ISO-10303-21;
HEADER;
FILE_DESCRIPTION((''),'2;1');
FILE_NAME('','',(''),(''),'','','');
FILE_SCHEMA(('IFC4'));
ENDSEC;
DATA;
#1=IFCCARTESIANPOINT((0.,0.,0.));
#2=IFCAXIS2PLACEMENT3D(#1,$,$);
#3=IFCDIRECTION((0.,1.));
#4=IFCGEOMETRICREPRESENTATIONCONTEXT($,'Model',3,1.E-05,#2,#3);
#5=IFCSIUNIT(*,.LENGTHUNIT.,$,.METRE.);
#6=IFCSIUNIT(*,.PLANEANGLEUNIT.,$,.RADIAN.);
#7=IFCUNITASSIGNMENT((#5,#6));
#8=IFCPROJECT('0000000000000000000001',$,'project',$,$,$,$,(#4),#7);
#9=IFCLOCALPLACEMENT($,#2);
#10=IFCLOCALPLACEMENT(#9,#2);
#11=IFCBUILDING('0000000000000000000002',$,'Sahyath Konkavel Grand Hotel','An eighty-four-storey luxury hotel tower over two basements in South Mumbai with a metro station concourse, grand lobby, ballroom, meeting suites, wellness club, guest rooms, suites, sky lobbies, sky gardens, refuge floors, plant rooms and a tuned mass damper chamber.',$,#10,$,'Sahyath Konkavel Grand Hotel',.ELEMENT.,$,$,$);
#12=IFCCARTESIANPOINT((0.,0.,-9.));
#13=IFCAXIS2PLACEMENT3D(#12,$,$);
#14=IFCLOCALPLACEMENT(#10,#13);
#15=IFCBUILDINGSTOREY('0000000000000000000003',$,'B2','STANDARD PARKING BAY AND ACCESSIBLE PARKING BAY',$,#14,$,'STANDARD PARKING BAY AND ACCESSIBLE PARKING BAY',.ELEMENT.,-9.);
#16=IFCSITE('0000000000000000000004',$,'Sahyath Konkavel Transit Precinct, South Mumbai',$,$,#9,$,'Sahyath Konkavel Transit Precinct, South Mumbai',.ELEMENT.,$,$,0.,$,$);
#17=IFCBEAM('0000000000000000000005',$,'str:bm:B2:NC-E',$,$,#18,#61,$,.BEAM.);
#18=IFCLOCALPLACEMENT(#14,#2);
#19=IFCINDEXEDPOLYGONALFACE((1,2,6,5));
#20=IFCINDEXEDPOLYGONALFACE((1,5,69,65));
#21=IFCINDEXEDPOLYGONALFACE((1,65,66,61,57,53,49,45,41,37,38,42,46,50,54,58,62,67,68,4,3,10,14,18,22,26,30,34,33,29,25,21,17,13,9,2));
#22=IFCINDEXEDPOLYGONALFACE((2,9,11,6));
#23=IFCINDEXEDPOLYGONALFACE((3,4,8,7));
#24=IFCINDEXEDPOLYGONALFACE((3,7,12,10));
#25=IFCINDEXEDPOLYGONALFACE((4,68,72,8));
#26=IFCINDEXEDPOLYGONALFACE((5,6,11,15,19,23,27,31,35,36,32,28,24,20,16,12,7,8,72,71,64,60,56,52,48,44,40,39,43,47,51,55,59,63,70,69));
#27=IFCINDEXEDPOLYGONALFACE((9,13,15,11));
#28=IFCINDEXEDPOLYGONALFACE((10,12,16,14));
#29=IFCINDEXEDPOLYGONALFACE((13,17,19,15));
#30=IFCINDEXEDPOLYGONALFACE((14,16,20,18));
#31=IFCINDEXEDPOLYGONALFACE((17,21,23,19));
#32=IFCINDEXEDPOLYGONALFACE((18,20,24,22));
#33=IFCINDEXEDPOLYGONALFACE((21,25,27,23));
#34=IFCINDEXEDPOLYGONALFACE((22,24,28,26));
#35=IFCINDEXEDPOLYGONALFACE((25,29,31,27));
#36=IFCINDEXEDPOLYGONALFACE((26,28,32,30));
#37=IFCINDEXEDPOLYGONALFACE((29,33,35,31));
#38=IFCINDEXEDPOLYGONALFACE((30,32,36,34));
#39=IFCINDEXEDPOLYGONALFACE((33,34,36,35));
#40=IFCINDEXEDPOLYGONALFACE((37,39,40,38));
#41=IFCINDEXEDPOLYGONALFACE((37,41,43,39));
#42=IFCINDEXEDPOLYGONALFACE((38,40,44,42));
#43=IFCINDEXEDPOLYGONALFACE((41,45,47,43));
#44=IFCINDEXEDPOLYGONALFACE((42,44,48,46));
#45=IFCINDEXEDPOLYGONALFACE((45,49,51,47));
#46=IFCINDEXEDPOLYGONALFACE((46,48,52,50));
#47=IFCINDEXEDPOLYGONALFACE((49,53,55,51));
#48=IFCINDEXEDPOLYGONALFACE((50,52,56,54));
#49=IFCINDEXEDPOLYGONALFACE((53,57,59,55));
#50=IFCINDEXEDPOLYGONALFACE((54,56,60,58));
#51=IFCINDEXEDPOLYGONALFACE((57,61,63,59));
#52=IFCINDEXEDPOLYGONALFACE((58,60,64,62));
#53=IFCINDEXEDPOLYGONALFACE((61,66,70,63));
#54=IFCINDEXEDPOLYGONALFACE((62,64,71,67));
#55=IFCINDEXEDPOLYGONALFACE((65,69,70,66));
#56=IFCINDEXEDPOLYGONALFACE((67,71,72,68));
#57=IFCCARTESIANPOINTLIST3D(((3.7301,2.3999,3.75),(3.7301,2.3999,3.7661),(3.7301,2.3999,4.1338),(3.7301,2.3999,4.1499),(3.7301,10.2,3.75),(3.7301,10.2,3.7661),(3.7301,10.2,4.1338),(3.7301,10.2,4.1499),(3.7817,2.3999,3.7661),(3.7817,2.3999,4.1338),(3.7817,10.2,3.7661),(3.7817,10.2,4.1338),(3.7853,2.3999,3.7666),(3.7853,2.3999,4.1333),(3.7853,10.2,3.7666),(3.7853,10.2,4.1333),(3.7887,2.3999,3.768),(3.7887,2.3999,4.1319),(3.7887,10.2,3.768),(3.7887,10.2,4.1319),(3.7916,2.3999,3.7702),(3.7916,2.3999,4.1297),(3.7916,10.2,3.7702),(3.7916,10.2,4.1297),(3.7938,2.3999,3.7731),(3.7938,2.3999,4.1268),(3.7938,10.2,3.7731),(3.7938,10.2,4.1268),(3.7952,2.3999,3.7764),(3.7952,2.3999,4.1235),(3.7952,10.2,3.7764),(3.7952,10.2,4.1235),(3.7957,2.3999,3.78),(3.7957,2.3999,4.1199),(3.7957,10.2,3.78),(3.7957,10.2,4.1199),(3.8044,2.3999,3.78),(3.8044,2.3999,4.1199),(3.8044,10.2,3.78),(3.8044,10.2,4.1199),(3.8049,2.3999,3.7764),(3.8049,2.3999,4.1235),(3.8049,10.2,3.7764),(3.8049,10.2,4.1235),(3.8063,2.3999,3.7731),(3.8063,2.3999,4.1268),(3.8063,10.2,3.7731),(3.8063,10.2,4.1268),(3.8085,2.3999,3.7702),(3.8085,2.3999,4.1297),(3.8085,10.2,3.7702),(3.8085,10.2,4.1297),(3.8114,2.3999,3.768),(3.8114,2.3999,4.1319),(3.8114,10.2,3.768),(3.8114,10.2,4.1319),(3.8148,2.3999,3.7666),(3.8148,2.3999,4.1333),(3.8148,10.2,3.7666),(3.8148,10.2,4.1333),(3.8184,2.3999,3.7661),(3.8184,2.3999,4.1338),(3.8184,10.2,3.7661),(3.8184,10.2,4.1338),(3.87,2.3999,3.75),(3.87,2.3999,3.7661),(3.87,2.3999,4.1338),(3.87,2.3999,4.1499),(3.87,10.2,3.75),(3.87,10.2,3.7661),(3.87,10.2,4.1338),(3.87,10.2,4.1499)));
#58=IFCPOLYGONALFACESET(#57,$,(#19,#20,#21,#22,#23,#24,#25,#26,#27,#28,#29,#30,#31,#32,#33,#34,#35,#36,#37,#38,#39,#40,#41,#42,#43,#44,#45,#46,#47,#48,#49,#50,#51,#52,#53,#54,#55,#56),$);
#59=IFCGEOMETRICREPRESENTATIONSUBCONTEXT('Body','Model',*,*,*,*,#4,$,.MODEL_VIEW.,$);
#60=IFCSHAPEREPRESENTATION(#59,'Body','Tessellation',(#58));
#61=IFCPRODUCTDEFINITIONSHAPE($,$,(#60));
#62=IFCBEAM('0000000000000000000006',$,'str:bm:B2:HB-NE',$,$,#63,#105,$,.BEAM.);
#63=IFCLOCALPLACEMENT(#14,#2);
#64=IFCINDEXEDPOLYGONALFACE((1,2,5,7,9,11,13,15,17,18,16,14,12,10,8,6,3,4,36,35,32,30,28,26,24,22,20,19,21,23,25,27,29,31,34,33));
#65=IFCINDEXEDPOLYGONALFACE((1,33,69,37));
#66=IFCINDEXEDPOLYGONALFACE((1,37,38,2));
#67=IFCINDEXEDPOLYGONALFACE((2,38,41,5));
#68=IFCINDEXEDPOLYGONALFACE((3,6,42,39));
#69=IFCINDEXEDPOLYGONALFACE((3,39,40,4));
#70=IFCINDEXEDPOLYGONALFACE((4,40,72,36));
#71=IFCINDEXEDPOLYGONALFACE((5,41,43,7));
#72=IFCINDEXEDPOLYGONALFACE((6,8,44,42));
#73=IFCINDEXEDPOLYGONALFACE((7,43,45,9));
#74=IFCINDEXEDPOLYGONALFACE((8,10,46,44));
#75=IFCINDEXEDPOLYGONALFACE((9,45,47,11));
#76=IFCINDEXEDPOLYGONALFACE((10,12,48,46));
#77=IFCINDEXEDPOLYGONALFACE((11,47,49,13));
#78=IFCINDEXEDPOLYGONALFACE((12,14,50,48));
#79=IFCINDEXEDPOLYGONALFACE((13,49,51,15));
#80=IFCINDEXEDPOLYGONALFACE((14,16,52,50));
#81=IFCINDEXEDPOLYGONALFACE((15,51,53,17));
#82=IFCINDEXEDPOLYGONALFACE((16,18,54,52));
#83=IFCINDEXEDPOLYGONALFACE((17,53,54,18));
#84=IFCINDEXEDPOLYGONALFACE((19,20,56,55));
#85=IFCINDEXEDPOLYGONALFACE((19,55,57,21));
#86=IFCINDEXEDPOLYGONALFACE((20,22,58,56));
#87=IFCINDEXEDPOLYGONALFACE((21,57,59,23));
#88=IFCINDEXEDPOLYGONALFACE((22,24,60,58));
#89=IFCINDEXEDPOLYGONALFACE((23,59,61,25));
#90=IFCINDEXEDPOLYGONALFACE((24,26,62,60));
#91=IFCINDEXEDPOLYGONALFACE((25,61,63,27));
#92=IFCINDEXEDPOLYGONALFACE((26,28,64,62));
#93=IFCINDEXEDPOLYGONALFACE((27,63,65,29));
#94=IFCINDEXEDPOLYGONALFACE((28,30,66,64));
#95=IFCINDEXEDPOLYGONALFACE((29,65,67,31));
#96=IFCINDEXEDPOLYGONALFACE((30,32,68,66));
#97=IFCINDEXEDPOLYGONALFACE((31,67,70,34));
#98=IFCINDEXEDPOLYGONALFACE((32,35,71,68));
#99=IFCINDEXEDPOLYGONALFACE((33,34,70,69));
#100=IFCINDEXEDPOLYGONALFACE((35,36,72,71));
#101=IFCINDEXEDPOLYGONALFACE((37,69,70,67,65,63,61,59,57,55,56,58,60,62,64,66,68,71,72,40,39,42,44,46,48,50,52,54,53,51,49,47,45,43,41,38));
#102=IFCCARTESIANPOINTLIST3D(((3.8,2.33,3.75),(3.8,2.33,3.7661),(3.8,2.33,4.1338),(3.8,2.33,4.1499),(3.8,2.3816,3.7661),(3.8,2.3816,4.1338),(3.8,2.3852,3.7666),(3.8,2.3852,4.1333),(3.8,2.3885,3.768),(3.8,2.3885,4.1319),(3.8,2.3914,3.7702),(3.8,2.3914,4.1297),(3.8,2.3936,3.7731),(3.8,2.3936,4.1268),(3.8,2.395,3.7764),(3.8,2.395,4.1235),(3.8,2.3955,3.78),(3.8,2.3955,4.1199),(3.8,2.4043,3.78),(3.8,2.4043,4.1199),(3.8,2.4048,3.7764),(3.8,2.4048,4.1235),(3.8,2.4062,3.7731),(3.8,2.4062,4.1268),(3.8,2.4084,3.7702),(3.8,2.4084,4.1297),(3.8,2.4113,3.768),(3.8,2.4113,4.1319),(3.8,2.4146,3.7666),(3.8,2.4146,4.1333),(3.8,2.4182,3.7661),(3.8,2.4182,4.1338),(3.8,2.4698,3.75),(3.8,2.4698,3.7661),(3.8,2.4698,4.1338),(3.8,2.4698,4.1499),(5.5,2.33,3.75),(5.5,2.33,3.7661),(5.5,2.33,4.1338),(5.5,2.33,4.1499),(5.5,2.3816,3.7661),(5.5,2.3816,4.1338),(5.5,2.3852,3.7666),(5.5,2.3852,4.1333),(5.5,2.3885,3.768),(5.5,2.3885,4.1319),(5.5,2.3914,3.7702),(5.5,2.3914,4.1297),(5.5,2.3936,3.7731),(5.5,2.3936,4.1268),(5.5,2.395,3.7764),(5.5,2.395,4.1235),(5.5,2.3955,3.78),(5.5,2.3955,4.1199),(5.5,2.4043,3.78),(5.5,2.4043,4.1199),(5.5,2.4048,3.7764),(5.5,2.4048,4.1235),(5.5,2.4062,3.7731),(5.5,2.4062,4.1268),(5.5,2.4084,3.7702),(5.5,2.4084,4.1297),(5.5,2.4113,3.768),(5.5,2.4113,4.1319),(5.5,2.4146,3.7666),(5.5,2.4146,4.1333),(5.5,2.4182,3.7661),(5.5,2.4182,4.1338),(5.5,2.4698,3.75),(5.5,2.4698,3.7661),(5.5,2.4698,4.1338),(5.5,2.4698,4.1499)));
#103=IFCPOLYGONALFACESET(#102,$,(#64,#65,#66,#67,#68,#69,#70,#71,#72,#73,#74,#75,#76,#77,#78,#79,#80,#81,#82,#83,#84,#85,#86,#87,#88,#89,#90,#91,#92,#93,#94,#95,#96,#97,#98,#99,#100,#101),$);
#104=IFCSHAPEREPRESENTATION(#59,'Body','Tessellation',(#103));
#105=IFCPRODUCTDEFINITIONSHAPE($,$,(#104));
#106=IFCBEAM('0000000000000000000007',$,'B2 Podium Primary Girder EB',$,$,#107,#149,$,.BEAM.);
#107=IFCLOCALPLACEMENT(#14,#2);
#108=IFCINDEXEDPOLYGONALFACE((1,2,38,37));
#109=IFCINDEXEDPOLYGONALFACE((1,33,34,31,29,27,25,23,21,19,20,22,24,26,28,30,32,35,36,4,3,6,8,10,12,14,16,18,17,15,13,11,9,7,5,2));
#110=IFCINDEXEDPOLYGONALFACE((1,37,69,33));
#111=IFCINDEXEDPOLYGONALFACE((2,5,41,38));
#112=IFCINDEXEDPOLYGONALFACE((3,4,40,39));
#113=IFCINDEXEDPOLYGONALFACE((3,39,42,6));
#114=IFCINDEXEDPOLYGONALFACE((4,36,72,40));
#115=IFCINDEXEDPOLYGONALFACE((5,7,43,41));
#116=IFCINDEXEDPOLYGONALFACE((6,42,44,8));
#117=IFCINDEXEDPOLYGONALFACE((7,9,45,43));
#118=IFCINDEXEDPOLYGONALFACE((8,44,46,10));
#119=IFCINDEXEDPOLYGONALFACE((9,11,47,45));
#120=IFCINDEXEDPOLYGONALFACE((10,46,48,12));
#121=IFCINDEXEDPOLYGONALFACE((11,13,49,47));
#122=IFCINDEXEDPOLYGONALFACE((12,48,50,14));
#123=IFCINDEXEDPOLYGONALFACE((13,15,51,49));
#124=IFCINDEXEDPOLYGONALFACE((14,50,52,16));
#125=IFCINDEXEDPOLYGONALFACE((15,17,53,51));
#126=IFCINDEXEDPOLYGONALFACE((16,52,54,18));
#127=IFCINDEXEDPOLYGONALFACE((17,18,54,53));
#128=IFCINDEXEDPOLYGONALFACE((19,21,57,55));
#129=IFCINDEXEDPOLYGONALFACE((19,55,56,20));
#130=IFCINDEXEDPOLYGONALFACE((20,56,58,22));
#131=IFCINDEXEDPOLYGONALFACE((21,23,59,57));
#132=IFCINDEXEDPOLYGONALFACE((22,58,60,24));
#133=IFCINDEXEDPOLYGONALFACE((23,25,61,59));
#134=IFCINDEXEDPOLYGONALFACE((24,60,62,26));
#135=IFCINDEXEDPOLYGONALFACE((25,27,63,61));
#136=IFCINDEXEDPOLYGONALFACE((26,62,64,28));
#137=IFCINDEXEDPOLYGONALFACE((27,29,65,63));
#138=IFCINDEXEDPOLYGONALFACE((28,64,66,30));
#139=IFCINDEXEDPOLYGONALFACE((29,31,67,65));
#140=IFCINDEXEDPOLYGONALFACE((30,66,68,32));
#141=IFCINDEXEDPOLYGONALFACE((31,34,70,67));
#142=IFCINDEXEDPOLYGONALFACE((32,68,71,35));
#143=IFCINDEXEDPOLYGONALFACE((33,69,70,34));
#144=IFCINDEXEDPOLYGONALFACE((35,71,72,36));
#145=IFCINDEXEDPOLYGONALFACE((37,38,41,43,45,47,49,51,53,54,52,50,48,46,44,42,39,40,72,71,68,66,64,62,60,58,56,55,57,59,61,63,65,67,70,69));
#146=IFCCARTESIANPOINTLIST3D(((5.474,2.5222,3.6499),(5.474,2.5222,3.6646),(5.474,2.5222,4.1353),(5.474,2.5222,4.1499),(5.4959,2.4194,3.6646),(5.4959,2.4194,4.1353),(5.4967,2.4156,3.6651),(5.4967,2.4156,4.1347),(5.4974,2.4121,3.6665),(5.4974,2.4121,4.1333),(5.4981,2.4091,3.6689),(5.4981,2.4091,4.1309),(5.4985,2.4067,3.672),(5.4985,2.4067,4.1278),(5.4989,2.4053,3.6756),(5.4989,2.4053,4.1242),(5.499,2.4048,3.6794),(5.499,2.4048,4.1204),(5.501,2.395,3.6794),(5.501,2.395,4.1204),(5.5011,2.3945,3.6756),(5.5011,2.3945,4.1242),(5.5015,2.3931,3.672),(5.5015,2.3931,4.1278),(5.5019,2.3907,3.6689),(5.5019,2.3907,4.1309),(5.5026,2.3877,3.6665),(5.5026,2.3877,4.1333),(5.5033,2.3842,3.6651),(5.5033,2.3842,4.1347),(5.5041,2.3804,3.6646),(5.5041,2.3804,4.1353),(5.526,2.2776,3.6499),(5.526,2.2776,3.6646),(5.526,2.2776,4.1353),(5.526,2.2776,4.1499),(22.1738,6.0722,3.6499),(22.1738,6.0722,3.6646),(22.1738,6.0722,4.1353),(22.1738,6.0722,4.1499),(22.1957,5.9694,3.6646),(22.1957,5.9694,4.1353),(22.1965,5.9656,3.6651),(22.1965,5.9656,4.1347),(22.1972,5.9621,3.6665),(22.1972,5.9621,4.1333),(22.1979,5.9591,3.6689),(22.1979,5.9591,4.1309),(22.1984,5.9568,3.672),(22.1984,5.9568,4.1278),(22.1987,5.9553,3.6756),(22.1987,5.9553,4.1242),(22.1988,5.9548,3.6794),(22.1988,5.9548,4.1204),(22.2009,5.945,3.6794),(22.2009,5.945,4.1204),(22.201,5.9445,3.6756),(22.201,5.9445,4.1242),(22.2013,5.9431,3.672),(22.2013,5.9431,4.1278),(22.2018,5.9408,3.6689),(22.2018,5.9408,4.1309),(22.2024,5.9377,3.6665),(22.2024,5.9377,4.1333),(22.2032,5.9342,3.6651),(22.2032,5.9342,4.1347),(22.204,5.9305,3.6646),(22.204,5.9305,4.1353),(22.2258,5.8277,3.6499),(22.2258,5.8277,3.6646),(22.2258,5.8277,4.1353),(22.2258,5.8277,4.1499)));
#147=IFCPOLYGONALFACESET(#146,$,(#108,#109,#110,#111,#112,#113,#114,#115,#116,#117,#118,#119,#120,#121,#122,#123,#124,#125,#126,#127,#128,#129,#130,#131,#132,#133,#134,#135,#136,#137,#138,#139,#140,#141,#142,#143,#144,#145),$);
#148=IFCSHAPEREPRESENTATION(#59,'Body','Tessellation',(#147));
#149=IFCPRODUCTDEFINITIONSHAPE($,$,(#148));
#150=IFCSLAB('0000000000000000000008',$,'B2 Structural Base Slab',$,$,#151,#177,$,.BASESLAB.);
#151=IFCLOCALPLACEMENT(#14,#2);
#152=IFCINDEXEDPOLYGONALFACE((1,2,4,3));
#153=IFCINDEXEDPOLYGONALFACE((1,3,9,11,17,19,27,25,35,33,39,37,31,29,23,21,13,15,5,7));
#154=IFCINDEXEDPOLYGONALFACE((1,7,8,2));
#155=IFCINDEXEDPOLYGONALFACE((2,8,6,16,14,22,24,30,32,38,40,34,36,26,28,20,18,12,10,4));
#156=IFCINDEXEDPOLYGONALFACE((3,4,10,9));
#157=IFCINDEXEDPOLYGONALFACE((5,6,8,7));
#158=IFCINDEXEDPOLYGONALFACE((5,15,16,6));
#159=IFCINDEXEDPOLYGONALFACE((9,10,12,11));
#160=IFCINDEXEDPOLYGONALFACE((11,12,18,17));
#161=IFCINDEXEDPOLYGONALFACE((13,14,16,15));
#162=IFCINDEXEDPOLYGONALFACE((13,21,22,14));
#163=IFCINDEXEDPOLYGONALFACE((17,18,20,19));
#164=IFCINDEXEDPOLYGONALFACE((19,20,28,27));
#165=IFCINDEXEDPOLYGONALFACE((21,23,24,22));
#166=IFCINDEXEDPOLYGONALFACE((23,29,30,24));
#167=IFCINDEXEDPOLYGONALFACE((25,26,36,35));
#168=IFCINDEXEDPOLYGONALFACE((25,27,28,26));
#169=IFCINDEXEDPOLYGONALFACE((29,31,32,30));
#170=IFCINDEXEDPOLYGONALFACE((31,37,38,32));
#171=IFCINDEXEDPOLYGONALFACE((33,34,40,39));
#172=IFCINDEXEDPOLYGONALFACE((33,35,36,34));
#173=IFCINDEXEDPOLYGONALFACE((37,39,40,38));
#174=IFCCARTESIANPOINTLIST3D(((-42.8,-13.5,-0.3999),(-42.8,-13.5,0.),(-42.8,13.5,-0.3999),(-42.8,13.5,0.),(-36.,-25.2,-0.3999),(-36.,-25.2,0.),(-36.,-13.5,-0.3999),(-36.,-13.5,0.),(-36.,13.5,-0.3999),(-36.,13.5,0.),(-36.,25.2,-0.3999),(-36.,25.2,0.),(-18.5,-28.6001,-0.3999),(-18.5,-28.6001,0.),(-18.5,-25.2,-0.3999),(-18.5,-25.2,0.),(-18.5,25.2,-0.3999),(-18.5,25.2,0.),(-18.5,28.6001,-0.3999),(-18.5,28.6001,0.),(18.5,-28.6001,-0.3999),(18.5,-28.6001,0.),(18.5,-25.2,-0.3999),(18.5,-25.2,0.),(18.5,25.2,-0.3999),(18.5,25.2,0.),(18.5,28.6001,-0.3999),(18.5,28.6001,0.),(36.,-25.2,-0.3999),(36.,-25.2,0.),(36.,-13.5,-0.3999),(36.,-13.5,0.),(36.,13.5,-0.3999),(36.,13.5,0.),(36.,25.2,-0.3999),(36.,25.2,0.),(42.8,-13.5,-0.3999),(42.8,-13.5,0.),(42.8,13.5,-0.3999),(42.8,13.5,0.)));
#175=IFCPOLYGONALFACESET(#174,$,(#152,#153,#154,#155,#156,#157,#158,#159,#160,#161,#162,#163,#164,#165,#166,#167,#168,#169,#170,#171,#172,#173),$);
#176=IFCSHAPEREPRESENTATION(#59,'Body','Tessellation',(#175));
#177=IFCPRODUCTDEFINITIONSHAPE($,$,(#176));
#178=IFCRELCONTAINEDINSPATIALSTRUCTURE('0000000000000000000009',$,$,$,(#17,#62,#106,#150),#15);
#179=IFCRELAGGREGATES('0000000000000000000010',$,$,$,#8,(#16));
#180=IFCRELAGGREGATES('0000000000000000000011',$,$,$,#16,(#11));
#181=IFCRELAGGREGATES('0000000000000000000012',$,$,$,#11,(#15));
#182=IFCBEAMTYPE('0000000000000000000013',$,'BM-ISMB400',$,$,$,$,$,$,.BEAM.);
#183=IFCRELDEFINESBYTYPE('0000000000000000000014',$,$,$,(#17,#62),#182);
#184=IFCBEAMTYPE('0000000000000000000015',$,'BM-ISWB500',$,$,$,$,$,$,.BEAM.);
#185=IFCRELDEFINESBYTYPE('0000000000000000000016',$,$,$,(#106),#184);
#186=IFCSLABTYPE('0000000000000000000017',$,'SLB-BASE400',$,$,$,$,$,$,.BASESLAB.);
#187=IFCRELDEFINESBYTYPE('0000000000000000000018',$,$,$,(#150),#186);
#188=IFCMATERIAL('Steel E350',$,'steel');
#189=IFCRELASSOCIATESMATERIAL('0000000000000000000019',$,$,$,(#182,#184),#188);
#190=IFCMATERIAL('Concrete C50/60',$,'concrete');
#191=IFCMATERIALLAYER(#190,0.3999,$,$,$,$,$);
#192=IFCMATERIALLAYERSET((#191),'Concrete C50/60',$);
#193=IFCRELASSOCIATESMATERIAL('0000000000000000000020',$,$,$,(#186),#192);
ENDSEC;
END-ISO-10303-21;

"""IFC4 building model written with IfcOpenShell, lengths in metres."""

from ifc_helpers import new_model, si_unit, direction, frame, origin, origin_2d, place, context, subcontext, project, spatial, polyline, i_section, outline, extrude, source, transform, mapped, material, layer, layer_set, material_profile, profile_set, type_object, element, save


model = new_model("IFC4")

# Units and contexts
model_context = context("Model", 3, precision=1e-05, world=origin(), true_north=direction((0.0, 1.0)))
body_context = subcontext(model_context, "Body", "Model", "MODEL_VIEW")
ifc_project = project(units=[si_unit("LENGTHUNIT", "METRE"), si_unit("PLANEANGLEUNIT", "RADIAN")], contexts=[model_context])

# Site, building, storey
site_placement = place(None, origin())
site = spatial("IfcSite", under=ifc_project, at=site_placement, Name="Sahyath Konkavel Transit Precinct, South Mumbai", LongName="Sahyath Konkavel Transit Precinct, South Mumbai", CompositionType="ELEMENT", RefElevation=0.0)
building_placement = place(site_placement, origin())
building = spatial("IfcBuilding", under=site, at=building_placement, Name="Sahyath Konkavel Grand Hotel", Description="An eighty-four-storey luxury hotel tower over two basements in South Mumbai with a metro station concourse, grand lobby, ballroom, meeting suites, wellness club, guest rooms, suites, sky lobbies, sky gardens, refuge floors, plant rooms and a tuned mass damper chamber.", LongName="Sahyath Konkavel Grand Hotel", CompositionType="ELEMENT")
storey_placement = place(building_placement, frame((0.0, 0.0, -9.0)))
storey = spatial("IfcBuildingStorey", under=building, at=storey_placement, Name="B2", Description="STANDARD PARKING BAY AND ACCESSIBLE PARKING BAY", LongName="STANDARD PARKING BAY AND ACCESSIBLE PARKING BAY", CompositionType="ELEMENT", Elevation=-9.0)

# Shared definitions
ifc_material_1 = material(Name="Concrete C50/60", Category="concrete")

# Beams
ifc_material_2 = material(Name="Steel E350", Category="steel")
ifc_material_profile_1 = material_profile(ifc_material_2, i_section(OverallWidth=0.1399, OverallDepth=0.3999, WebThickness=0.0088, FlangeThickness=0.0161, FilletRadius=0.0139, at=origin_2d()), Name="ISMB 400")
ifc_profile_set_1 = profile_set([ifc_material_profile_1], Name="Steel E350")
beam_type_1 = type_object("IfcBeamType", Name="BM-ISMB400", PredefinedType="BEAM", material=ifc_profile_set_1)
shared_shape_1 = source(origin(), body_context, "Body", "SweptSolid", [
    extrude(i_section(OverallWidth=0.1399, OverallDepth=0.3999, WebThickness=0.0088, FlangeThickness=0.0161, FilletRadius=0.0139, at=origin_2d()), origin(), (0.0, 0.0, 1.0), 7.8),
])
beam_1_placement = place(storey_placement, frame((3.8, 2.3999, 3.95), z_axis=(0.0, 1.0, 0.0), x_axis=(-1.0, 0.0, 0.0)))
element("IfcBeam", 1, at=beam_1_placement, inside=storey, type_object=beam_type_1, Name="str:bm:B2:NC-E", PredefinedType="BEAM", context=body_context, shape_type="MappedRepresentation", body=[
    mapped(shared_shape_1, transform((0.0, 0.0, 0.0), scale=1.0)),
])
shared_shape_2 = source(origin(), body_context, "Body", "SweptSolid", [
    extrude(i_section(OverallWidth=0.1399, OverallDepth=0.3999, WebThickness=0.0088, FlangeThickness=0.0161, FilletRadius=0.0139, at=origin_2d()), origin(), (0.0, 0.0, 1.0), 1.7),
])
beam_2_placement = place(storey_placement, frame((3.8, 2.3999, 3.95), z_axis=(1.0, 0.0, 0.0), x_axis=(0.0, 1.0, 0.0)))
element("IfcBeam", 2, at=beam_2_placement, inside=storey, type_object=beam_type_1, Name="str:bm:B2:HB-NE", PredefinedType="BEAM", context=body_context, shape_type="MappedRepresentation", body=[
    mapped(shared_shape_2, transform((0.0, 0.0, 0.0), scale=1.0)),
])
ifc_material_profile_2 = material_profile(ifc_material_2, i_section(OverallWidth=0.25, OverallDepth=0.5, WebThickness=0.01, FlangeThickness=0.0146, FilletRadius=0.0149, at=origin_2d()), Name="ISWB 500")
ifc_profile_set_2 = profile_set([ifc_material_profile_2], Name="Steel E350")
beam_type_2 = type_object("IfcBeamType", Name="BM-ISWB500", PredefinedType="BEAM", material=ifc_profile_set_2)
shared_shape_3 = source(origin(), body_context, "Body", "SweptSolid", [
    extrude(i_section(OverallWidth=0.25, OverallDepth=0.5, WebThickness=0.01, FlangeThickness=0.0146, FilletRadius=0.0149, at=origin_2d()), origin(), (0.0, 0.0, 1.0), 17.073),
])
beam_3_placement = place(storey_placement, frame((5.5, 2.3999, 3.8999), z_axis=(0.978143, 0.207932, 0.0), x_axis=(-0.207932, 0.978143, 0.0)))
element("IfcBeam", 3, at=beam_3_placement, inside=storey, type_object=beam_type_2, Name="B2 Podium Primary Girder EB", PredefinedType="BEAM", context=body_context, shape_type="MappedRepresentation", body=[
    mapped(shared_shape_3, transform((0.0, 0.0, 0.0), scale=1.0)),
])

# Slab
ifc_layer_1 = layer(ifc_material_1, 0.3999)
ifc_layer_set_1 = layer_set([ifc_layer_1], Name="Concrete C50/60")
slab_type_1 = type_object("IfcSlabType", Name="SLB-BASE400", PredefinedType="BASESLAB", material=ifc_layer_set_1)
slab_1_placement = place(storey_placement, frame((0.0, 0.0, -0.3999)))
element("IfcSlab", 4, at=slab_1_placement, inside=storey, type_object=slab_type_1, Name="B2 Structural Base Slab", PredefinedType="BASESLAB", context=body_context, shape_type="SweptSolid", body=[
    extrude(outline(polyline([(-18.5, -28.6001), (18.5, -28.6001), (18.5, -25.2), (36.0, -25.2), (36.0, -13.5), (42.8, -13.5), (42.8, 13.5), (36.0, 13.5), (36.0, 25.2), (18.5, 25.2), (18.5, 28.6001), (-18.5, 28.6001), (-18.5, 25.2), (-36.0, 25.2), (-36.0, 13.5), (-42.8, 13.5), (-42.8, -13.5), (-36.0, -13.5), (-36.0, -25.2), (-18.5, -25.2), (-18.5, -28.6001)])), origin(), (0.0, 0.0, 1.0), 0.3999),
])

save(model, "model.ifc")
